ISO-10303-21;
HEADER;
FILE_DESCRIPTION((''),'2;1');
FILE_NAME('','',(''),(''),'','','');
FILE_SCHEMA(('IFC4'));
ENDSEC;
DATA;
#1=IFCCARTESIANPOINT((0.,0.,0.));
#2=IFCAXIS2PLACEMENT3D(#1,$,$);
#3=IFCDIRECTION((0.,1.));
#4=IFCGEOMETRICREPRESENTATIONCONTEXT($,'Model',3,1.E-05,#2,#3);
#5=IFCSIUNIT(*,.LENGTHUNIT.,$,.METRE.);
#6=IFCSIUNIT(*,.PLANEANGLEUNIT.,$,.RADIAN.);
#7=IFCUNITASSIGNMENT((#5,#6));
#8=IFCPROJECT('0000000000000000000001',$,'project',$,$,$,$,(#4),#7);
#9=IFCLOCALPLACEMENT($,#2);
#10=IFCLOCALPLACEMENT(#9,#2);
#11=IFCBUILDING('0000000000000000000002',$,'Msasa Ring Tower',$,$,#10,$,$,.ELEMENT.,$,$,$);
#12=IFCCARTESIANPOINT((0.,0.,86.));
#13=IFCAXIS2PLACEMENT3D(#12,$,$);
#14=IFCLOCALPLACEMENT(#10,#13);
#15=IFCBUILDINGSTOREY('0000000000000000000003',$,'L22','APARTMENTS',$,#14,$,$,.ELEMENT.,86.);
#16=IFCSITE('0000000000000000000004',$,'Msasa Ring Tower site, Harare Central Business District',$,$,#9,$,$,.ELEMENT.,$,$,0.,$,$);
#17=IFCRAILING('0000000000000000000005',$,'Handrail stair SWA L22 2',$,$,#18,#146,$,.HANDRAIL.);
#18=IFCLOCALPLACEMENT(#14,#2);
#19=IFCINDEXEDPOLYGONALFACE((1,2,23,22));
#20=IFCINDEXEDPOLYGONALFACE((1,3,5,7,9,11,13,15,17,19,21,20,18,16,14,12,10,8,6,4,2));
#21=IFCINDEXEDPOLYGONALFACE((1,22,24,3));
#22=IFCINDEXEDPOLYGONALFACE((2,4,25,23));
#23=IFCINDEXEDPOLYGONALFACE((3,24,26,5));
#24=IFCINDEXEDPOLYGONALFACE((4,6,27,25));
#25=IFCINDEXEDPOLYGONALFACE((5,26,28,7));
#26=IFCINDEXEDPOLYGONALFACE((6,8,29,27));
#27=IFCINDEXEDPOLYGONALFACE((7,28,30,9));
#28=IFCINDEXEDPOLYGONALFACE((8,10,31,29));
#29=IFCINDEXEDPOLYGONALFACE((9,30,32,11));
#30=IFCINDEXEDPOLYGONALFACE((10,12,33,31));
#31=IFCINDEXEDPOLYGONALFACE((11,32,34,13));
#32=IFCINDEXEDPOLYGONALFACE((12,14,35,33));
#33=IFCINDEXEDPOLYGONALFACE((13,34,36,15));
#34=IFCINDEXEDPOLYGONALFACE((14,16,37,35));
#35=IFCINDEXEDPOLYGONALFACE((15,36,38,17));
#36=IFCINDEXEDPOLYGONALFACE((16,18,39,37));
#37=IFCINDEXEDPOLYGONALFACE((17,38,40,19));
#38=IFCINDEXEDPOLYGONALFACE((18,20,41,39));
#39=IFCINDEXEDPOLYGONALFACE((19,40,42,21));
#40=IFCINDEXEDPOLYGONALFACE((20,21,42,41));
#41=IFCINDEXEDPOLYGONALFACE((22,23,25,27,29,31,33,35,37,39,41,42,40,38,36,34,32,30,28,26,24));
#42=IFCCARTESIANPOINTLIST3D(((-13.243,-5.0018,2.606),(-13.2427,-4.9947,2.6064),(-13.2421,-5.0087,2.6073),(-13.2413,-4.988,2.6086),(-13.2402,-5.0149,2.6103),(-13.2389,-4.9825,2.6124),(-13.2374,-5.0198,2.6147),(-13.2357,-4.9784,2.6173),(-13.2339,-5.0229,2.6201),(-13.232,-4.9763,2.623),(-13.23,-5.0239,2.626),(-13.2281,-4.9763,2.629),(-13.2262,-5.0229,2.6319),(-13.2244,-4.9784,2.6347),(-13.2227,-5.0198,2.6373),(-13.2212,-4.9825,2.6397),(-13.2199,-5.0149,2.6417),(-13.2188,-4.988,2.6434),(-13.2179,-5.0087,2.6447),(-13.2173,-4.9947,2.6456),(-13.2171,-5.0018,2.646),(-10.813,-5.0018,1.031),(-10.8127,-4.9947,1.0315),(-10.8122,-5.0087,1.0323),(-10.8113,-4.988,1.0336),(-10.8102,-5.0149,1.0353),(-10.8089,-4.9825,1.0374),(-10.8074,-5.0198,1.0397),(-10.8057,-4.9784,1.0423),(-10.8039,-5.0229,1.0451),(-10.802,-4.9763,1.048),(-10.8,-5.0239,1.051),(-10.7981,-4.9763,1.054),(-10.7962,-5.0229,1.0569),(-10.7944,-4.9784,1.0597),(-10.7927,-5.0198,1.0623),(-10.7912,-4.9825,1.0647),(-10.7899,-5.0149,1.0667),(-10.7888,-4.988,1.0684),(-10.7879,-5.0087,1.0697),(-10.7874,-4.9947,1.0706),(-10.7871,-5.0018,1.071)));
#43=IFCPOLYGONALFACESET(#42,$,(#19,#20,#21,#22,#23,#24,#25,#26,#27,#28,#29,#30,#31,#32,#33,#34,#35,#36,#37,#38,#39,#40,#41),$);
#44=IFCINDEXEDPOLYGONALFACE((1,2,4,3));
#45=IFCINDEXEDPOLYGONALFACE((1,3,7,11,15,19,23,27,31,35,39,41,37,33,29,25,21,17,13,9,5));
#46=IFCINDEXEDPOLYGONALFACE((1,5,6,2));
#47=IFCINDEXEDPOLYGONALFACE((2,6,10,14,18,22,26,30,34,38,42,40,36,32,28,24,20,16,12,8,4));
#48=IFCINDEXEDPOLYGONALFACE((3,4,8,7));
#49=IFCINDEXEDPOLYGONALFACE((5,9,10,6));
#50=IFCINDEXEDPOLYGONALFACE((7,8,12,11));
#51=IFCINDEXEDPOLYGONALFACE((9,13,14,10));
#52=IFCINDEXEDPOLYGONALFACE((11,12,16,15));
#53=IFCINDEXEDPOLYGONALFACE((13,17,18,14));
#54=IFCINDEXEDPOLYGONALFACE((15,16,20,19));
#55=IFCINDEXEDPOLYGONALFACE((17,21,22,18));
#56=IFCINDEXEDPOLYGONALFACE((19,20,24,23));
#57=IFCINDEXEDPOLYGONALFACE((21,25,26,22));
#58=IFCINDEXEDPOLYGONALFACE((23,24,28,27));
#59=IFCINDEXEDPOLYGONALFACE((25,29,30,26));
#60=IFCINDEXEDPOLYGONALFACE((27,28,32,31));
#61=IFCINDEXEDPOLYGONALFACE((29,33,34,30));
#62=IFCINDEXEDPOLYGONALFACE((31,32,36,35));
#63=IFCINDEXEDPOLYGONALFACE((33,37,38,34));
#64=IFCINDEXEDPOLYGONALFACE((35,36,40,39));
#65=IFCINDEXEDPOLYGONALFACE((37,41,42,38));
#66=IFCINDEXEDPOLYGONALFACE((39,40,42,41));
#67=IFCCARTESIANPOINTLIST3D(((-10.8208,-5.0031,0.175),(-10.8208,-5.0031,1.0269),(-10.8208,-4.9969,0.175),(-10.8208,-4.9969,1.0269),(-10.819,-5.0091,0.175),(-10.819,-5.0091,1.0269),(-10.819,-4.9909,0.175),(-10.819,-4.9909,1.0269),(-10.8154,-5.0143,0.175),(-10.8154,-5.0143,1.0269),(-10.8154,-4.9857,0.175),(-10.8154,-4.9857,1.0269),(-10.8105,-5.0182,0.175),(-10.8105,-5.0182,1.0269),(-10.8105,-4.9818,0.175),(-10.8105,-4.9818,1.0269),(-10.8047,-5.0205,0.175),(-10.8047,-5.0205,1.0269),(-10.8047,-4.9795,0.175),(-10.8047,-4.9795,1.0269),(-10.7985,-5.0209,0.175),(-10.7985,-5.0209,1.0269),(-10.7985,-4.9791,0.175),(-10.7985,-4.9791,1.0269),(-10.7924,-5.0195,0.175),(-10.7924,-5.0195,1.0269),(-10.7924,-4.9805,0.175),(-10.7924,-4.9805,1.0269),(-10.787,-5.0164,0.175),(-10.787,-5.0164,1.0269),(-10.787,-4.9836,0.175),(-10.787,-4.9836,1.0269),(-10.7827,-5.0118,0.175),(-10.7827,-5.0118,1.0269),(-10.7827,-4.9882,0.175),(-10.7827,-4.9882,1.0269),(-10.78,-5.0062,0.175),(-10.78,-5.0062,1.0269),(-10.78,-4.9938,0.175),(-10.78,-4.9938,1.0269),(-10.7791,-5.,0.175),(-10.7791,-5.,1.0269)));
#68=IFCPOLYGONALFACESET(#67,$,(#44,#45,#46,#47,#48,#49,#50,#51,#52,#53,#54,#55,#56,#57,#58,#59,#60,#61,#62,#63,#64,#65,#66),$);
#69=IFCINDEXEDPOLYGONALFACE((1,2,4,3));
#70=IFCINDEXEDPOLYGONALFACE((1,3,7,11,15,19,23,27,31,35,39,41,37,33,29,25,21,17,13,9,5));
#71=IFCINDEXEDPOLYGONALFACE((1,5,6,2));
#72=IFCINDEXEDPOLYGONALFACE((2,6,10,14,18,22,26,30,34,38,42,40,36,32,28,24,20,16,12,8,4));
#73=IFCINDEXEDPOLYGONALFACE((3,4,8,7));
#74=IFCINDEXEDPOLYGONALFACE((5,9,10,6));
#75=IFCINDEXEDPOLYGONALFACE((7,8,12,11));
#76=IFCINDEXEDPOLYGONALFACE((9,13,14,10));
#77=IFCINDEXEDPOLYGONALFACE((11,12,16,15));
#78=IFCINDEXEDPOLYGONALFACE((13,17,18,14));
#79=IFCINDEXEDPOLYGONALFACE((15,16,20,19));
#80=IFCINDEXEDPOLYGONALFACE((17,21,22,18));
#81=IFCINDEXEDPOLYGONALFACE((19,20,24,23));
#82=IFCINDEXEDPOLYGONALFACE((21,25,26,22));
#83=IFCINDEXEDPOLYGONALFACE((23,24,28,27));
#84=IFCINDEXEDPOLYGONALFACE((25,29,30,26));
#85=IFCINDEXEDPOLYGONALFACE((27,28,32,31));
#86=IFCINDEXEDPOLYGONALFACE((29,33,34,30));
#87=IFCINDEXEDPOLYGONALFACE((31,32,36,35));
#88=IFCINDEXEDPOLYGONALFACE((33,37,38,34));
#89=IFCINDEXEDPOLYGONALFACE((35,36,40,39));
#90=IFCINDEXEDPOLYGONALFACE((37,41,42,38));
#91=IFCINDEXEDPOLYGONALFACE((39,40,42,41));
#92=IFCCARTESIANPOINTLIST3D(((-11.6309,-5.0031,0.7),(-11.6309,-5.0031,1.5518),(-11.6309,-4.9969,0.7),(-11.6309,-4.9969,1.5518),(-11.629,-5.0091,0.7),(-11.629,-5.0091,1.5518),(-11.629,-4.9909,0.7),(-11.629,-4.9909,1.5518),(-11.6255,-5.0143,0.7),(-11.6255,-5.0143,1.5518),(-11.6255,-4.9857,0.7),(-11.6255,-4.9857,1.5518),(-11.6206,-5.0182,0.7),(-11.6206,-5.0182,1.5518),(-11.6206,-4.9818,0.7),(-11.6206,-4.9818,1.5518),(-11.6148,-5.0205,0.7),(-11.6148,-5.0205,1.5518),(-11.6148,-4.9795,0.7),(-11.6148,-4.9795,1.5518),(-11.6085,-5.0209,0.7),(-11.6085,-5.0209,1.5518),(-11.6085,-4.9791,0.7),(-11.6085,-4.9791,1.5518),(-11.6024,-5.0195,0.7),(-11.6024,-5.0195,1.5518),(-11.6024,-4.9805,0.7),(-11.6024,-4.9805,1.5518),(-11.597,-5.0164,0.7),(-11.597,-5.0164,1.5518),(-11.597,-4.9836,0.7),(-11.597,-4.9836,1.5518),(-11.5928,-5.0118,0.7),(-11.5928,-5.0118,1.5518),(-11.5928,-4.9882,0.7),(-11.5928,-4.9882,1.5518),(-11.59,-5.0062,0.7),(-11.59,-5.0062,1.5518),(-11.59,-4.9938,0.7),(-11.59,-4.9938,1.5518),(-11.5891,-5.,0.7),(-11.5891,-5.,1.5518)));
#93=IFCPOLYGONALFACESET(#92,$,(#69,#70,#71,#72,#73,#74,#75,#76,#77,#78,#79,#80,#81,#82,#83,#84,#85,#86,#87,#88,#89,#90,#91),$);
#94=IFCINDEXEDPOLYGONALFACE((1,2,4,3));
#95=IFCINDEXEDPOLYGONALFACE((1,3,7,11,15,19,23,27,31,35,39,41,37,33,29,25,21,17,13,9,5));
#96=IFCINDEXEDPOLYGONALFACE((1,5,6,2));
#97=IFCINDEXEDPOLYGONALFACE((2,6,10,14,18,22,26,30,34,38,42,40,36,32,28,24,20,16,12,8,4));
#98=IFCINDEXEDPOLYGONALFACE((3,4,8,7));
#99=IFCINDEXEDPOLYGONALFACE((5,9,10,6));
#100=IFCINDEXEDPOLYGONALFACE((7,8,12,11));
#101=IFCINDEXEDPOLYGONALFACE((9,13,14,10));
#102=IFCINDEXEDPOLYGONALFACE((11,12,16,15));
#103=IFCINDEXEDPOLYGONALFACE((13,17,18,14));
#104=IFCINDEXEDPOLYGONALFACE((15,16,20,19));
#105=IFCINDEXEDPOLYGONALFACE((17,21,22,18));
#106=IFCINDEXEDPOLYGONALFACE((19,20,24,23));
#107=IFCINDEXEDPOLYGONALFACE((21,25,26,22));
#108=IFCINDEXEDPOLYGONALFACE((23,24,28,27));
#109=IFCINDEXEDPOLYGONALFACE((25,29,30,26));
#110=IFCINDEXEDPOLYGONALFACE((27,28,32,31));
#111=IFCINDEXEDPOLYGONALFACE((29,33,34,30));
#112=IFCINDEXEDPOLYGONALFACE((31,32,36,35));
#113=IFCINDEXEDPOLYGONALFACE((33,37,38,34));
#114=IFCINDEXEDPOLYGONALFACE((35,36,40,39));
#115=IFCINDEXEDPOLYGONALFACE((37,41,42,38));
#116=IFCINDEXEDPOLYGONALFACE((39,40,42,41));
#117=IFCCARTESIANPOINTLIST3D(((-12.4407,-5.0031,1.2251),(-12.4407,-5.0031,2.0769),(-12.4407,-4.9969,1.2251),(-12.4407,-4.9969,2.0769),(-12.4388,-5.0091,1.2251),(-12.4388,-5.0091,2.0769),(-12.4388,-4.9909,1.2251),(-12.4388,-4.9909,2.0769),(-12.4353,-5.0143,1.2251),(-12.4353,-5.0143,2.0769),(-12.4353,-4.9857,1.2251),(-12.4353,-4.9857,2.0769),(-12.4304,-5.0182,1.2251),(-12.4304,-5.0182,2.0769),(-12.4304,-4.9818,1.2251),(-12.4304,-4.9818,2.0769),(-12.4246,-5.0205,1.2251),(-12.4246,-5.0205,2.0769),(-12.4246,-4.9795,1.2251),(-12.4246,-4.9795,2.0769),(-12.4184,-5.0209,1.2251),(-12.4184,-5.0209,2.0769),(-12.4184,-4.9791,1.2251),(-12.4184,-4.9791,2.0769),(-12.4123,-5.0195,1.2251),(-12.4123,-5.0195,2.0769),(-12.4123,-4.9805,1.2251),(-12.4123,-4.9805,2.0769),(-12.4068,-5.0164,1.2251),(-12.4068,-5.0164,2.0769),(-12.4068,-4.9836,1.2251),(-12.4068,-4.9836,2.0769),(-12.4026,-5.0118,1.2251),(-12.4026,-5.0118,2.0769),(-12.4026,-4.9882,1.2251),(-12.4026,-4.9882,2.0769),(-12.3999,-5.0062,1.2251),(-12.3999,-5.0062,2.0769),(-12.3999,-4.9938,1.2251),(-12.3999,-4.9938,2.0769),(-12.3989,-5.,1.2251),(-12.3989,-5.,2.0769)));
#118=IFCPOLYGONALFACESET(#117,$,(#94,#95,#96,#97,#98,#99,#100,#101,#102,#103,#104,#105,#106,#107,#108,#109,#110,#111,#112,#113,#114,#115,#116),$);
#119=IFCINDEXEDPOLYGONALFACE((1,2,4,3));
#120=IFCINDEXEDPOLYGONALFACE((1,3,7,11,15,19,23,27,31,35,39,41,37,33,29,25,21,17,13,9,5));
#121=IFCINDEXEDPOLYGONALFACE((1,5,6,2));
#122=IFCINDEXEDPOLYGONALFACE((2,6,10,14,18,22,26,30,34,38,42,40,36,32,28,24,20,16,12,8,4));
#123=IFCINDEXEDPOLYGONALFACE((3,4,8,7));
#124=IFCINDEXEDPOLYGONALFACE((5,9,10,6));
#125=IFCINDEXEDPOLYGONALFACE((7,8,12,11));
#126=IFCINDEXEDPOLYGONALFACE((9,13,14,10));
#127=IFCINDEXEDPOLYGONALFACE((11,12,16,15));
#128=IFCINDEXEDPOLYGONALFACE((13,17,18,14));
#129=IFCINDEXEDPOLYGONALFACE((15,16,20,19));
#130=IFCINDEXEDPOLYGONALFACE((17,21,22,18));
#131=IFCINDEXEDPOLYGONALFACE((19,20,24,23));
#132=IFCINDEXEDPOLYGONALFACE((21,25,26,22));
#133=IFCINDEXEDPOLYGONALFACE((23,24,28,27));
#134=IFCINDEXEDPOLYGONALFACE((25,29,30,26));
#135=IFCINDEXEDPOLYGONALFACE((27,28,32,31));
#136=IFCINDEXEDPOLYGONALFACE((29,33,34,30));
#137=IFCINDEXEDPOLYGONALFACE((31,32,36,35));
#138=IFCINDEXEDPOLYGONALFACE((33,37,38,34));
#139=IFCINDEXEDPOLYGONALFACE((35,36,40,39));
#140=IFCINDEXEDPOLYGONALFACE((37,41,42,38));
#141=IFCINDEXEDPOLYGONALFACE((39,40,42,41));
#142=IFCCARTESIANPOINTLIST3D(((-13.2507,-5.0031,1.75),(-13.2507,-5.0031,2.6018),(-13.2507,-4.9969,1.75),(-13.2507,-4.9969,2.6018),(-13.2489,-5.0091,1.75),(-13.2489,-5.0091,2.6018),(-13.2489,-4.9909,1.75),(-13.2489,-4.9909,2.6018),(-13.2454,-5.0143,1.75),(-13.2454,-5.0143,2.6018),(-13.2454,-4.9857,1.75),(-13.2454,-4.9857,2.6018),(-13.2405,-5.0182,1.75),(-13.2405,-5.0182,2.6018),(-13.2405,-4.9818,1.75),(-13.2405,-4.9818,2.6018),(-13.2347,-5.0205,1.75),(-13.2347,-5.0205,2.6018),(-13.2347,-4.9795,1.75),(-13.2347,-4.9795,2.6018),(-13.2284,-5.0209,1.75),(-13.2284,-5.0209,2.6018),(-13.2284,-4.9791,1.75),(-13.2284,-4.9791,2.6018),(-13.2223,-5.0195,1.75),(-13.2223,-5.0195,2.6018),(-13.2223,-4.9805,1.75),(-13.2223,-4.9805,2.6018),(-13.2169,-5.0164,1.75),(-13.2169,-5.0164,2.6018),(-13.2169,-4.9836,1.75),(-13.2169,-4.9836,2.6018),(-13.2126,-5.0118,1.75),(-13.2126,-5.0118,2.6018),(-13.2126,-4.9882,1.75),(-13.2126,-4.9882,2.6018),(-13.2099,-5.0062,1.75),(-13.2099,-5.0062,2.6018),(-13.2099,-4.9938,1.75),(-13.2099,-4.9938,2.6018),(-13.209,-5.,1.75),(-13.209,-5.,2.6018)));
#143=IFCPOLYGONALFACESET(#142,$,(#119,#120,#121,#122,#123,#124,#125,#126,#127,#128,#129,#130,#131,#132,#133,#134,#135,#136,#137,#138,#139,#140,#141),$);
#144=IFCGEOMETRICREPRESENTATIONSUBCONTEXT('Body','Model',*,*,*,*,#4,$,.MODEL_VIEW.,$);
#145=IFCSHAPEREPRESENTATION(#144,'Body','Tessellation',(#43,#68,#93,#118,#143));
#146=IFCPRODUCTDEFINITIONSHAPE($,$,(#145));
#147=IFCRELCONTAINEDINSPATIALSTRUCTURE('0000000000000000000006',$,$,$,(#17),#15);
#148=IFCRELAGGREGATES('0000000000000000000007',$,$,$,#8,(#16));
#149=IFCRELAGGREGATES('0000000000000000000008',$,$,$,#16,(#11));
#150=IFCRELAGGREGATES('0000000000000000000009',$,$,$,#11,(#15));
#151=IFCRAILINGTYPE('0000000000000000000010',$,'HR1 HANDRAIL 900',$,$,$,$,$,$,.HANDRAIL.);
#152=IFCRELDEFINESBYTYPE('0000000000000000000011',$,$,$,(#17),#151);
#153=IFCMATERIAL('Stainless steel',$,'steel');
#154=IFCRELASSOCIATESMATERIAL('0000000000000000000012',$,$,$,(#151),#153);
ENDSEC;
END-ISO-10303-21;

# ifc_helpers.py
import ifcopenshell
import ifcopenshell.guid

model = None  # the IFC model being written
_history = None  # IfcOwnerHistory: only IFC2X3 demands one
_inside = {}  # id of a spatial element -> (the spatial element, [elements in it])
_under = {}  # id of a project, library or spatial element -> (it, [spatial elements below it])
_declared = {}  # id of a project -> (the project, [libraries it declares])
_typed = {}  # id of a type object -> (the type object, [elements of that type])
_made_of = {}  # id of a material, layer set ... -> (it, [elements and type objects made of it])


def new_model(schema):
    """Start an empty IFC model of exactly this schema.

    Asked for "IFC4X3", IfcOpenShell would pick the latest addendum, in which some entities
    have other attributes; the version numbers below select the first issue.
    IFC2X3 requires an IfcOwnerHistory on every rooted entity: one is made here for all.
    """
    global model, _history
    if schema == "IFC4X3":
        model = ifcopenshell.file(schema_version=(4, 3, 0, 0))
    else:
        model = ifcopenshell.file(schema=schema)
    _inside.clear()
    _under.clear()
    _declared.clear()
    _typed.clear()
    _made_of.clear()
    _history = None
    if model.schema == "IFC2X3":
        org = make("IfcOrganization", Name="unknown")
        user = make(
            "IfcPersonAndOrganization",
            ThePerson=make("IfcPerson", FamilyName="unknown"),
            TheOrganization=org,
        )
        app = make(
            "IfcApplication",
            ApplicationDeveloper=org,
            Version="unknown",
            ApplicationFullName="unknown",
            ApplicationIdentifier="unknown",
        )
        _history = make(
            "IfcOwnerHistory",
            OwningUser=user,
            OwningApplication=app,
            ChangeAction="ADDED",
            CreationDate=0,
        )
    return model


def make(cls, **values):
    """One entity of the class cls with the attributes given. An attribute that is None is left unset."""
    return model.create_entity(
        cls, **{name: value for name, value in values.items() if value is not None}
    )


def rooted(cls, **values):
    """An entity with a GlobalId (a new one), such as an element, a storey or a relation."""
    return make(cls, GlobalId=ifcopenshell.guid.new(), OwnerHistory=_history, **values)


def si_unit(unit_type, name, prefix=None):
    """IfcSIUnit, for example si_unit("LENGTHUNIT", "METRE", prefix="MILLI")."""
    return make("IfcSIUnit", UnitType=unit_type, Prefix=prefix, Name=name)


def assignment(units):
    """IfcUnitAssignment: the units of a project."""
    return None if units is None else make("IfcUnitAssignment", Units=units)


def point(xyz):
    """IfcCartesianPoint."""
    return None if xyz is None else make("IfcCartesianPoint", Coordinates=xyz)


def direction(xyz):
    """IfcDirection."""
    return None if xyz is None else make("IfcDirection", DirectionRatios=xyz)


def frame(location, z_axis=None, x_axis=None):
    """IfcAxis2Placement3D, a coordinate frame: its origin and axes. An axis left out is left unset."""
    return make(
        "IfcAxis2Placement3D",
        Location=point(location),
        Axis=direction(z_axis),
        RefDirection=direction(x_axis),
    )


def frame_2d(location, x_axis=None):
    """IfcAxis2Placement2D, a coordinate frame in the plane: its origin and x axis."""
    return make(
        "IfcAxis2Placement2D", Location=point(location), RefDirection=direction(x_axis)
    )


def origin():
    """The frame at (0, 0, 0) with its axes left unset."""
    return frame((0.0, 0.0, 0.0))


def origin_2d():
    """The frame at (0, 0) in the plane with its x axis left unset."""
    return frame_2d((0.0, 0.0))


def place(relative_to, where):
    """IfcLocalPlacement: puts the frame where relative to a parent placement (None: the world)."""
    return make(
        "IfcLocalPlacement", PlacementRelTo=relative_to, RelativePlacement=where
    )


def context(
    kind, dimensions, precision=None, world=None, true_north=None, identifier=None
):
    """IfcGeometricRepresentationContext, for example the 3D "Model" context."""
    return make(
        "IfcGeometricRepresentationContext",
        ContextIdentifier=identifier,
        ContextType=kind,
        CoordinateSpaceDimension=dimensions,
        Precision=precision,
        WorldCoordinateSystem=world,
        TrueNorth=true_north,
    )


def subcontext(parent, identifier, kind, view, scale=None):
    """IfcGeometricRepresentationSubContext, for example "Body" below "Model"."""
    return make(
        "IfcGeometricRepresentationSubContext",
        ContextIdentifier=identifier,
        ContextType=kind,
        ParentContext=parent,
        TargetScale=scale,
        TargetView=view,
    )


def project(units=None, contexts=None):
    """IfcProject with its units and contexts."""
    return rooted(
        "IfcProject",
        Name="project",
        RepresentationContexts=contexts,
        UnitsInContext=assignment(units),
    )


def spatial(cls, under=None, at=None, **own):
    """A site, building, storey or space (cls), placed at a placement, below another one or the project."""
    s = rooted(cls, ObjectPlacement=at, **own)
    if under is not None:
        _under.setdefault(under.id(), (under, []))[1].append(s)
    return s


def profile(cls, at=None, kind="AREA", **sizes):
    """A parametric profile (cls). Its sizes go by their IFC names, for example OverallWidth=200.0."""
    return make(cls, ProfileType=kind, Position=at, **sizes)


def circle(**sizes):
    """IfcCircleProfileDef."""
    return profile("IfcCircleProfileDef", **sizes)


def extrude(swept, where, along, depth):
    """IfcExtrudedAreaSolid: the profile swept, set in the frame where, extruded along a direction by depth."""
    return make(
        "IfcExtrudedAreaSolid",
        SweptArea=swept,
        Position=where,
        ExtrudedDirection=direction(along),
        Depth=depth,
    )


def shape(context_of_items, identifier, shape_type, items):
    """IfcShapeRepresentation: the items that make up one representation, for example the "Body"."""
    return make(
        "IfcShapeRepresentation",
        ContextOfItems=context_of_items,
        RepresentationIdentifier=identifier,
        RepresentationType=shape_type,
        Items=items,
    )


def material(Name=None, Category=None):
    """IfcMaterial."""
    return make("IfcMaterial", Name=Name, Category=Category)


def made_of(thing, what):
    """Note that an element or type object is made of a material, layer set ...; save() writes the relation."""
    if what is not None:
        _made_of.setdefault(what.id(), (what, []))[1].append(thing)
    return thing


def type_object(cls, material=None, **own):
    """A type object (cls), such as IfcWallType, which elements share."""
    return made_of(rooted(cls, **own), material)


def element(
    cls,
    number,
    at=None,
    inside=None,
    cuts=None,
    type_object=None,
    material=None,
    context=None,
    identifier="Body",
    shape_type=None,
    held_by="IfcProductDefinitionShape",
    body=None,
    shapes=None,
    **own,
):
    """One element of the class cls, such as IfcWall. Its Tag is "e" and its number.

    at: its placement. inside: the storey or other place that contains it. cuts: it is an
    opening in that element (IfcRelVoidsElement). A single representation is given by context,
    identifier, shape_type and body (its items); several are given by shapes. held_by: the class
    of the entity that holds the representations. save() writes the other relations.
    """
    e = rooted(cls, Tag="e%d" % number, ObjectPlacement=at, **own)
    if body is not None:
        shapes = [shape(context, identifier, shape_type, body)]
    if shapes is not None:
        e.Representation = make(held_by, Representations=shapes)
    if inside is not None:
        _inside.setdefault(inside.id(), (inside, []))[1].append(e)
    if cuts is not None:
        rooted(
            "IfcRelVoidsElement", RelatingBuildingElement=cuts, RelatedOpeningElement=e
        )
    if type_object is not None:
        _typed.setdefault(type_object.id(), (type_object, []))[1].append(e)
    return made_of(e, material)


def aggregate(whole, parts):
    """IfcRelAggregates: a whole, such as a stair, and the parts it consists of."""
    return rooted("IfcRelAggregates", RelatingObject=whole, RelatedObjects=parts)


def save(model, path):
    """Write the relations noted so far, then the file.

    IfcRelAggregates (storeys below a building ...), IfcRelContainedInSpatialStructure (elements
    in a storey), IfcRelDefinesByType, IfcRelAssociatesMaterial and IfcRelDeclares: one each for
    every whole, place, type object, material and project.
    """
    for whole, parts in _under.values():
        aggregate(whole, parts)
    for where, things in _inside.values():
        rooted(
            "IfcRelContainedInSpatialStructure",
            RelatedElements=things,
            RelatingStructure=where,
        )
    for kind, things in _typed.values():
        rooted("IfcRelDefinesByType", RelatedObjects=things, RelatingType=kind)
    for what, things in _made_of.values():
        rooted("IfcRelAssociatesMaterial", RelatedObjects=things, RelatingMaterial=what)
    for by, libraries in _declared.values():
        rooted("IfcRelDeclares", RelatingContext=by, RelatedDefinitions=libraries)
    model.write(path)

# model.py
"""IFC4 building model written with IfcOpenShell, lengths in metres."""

from ifc_helpers import new_model, si_unit, direction, frame, origin, origin_2d, place, context, subcontext, project, spatial, circle, extrude, material, type_object, element, save


model = new_model("IFC4")

# Units and contexts
model_context = context("Model", 3, precision=1e-05, world=origin(), true_north=direction((0.0, 1.0)))
body_context = subcontext(model_context, "Body", "Model", "MODEL_VIEW")
ifc_project = project(units=[si_unit("LENGTHUNIT", "METRE"), si_unit("PLANEANGLEUNIT", "RADIAN")], contexts=[model_context])

# Site, building, storey
site_placement = place(None, origin())
site = spatial("IfcSite", under=ifc_project, at=site_placement, Name="Msasa Ring Tower site, Harare Central Business District", CompositionType="ELEMENT", RefElevation=0.0)
building_placement = place(site_placement, origin())
building = spatial("IfcBuilding", under=site, at=building_placement, Name="Msasa Ring Tower", CompositionType="ELEMENT")
storey_placement = place(building_placement, frame((0.0, 0.0, 86.0)))
storey = spatial("IfcBuildingStorey", under=building, at=storey_placement, Name="L22", Description="APARTMENTS", CompositionType="ELEMENT", Elevation=86.0)

# Railing
ifc_material_1 = material(Name="Stainless steel", Category="steel")
railing_type = type_object("IfcRailingType", Name="HR1 HANDRAIL 900", PredefinedType="HANDRAIL", material=ifc_material_1)
for number, where, name in (
    (1, (-10.8, -5.0, 0.175), "Handrail stair SWA L22 2"),
):
    element("IfcRailing", number, at=place(storey_placement, frame(where)), inside=storey, type_object=railing_type, Name=name, PredefinedType="HANDRAIL", context=body_context, shape_type="SweptSolid", body=[
        extrude(circle(Radius=0.0239, at=origin_2d()), frame((0.0, 0.0, 0.876), z_axis=(-0.839154, 0.0, 0.543894), x_axis=(0.0, -1.0, 0.0)), (0.0, 0.0, 1.0), 2.8958),
        extrude(circle(Radius=0.021, at=origin_2d()), origin(), (0.0, 0.0, 1.0), 0.8518),
        extrude(circle(Radius=0.021, at=origin_2d()), frame((-0.8101, 0.0, 0.5249)), (0.0, 0.0, 1.0), 0.8518),
        extrude(circle(Radius=0.021, at=origin_2d()), frame((-1.6199, 0.0, 1.05)), (0.0, 0.0, 1.0), 0.8518),
        extrude(circle(Radius=0.021, at=origin_2d()), frame((-2.4299, 0.0, 1.575)), (0.0, 0.0, 1.0), 0.8518),
    ])

save(model, "model.ifc")
